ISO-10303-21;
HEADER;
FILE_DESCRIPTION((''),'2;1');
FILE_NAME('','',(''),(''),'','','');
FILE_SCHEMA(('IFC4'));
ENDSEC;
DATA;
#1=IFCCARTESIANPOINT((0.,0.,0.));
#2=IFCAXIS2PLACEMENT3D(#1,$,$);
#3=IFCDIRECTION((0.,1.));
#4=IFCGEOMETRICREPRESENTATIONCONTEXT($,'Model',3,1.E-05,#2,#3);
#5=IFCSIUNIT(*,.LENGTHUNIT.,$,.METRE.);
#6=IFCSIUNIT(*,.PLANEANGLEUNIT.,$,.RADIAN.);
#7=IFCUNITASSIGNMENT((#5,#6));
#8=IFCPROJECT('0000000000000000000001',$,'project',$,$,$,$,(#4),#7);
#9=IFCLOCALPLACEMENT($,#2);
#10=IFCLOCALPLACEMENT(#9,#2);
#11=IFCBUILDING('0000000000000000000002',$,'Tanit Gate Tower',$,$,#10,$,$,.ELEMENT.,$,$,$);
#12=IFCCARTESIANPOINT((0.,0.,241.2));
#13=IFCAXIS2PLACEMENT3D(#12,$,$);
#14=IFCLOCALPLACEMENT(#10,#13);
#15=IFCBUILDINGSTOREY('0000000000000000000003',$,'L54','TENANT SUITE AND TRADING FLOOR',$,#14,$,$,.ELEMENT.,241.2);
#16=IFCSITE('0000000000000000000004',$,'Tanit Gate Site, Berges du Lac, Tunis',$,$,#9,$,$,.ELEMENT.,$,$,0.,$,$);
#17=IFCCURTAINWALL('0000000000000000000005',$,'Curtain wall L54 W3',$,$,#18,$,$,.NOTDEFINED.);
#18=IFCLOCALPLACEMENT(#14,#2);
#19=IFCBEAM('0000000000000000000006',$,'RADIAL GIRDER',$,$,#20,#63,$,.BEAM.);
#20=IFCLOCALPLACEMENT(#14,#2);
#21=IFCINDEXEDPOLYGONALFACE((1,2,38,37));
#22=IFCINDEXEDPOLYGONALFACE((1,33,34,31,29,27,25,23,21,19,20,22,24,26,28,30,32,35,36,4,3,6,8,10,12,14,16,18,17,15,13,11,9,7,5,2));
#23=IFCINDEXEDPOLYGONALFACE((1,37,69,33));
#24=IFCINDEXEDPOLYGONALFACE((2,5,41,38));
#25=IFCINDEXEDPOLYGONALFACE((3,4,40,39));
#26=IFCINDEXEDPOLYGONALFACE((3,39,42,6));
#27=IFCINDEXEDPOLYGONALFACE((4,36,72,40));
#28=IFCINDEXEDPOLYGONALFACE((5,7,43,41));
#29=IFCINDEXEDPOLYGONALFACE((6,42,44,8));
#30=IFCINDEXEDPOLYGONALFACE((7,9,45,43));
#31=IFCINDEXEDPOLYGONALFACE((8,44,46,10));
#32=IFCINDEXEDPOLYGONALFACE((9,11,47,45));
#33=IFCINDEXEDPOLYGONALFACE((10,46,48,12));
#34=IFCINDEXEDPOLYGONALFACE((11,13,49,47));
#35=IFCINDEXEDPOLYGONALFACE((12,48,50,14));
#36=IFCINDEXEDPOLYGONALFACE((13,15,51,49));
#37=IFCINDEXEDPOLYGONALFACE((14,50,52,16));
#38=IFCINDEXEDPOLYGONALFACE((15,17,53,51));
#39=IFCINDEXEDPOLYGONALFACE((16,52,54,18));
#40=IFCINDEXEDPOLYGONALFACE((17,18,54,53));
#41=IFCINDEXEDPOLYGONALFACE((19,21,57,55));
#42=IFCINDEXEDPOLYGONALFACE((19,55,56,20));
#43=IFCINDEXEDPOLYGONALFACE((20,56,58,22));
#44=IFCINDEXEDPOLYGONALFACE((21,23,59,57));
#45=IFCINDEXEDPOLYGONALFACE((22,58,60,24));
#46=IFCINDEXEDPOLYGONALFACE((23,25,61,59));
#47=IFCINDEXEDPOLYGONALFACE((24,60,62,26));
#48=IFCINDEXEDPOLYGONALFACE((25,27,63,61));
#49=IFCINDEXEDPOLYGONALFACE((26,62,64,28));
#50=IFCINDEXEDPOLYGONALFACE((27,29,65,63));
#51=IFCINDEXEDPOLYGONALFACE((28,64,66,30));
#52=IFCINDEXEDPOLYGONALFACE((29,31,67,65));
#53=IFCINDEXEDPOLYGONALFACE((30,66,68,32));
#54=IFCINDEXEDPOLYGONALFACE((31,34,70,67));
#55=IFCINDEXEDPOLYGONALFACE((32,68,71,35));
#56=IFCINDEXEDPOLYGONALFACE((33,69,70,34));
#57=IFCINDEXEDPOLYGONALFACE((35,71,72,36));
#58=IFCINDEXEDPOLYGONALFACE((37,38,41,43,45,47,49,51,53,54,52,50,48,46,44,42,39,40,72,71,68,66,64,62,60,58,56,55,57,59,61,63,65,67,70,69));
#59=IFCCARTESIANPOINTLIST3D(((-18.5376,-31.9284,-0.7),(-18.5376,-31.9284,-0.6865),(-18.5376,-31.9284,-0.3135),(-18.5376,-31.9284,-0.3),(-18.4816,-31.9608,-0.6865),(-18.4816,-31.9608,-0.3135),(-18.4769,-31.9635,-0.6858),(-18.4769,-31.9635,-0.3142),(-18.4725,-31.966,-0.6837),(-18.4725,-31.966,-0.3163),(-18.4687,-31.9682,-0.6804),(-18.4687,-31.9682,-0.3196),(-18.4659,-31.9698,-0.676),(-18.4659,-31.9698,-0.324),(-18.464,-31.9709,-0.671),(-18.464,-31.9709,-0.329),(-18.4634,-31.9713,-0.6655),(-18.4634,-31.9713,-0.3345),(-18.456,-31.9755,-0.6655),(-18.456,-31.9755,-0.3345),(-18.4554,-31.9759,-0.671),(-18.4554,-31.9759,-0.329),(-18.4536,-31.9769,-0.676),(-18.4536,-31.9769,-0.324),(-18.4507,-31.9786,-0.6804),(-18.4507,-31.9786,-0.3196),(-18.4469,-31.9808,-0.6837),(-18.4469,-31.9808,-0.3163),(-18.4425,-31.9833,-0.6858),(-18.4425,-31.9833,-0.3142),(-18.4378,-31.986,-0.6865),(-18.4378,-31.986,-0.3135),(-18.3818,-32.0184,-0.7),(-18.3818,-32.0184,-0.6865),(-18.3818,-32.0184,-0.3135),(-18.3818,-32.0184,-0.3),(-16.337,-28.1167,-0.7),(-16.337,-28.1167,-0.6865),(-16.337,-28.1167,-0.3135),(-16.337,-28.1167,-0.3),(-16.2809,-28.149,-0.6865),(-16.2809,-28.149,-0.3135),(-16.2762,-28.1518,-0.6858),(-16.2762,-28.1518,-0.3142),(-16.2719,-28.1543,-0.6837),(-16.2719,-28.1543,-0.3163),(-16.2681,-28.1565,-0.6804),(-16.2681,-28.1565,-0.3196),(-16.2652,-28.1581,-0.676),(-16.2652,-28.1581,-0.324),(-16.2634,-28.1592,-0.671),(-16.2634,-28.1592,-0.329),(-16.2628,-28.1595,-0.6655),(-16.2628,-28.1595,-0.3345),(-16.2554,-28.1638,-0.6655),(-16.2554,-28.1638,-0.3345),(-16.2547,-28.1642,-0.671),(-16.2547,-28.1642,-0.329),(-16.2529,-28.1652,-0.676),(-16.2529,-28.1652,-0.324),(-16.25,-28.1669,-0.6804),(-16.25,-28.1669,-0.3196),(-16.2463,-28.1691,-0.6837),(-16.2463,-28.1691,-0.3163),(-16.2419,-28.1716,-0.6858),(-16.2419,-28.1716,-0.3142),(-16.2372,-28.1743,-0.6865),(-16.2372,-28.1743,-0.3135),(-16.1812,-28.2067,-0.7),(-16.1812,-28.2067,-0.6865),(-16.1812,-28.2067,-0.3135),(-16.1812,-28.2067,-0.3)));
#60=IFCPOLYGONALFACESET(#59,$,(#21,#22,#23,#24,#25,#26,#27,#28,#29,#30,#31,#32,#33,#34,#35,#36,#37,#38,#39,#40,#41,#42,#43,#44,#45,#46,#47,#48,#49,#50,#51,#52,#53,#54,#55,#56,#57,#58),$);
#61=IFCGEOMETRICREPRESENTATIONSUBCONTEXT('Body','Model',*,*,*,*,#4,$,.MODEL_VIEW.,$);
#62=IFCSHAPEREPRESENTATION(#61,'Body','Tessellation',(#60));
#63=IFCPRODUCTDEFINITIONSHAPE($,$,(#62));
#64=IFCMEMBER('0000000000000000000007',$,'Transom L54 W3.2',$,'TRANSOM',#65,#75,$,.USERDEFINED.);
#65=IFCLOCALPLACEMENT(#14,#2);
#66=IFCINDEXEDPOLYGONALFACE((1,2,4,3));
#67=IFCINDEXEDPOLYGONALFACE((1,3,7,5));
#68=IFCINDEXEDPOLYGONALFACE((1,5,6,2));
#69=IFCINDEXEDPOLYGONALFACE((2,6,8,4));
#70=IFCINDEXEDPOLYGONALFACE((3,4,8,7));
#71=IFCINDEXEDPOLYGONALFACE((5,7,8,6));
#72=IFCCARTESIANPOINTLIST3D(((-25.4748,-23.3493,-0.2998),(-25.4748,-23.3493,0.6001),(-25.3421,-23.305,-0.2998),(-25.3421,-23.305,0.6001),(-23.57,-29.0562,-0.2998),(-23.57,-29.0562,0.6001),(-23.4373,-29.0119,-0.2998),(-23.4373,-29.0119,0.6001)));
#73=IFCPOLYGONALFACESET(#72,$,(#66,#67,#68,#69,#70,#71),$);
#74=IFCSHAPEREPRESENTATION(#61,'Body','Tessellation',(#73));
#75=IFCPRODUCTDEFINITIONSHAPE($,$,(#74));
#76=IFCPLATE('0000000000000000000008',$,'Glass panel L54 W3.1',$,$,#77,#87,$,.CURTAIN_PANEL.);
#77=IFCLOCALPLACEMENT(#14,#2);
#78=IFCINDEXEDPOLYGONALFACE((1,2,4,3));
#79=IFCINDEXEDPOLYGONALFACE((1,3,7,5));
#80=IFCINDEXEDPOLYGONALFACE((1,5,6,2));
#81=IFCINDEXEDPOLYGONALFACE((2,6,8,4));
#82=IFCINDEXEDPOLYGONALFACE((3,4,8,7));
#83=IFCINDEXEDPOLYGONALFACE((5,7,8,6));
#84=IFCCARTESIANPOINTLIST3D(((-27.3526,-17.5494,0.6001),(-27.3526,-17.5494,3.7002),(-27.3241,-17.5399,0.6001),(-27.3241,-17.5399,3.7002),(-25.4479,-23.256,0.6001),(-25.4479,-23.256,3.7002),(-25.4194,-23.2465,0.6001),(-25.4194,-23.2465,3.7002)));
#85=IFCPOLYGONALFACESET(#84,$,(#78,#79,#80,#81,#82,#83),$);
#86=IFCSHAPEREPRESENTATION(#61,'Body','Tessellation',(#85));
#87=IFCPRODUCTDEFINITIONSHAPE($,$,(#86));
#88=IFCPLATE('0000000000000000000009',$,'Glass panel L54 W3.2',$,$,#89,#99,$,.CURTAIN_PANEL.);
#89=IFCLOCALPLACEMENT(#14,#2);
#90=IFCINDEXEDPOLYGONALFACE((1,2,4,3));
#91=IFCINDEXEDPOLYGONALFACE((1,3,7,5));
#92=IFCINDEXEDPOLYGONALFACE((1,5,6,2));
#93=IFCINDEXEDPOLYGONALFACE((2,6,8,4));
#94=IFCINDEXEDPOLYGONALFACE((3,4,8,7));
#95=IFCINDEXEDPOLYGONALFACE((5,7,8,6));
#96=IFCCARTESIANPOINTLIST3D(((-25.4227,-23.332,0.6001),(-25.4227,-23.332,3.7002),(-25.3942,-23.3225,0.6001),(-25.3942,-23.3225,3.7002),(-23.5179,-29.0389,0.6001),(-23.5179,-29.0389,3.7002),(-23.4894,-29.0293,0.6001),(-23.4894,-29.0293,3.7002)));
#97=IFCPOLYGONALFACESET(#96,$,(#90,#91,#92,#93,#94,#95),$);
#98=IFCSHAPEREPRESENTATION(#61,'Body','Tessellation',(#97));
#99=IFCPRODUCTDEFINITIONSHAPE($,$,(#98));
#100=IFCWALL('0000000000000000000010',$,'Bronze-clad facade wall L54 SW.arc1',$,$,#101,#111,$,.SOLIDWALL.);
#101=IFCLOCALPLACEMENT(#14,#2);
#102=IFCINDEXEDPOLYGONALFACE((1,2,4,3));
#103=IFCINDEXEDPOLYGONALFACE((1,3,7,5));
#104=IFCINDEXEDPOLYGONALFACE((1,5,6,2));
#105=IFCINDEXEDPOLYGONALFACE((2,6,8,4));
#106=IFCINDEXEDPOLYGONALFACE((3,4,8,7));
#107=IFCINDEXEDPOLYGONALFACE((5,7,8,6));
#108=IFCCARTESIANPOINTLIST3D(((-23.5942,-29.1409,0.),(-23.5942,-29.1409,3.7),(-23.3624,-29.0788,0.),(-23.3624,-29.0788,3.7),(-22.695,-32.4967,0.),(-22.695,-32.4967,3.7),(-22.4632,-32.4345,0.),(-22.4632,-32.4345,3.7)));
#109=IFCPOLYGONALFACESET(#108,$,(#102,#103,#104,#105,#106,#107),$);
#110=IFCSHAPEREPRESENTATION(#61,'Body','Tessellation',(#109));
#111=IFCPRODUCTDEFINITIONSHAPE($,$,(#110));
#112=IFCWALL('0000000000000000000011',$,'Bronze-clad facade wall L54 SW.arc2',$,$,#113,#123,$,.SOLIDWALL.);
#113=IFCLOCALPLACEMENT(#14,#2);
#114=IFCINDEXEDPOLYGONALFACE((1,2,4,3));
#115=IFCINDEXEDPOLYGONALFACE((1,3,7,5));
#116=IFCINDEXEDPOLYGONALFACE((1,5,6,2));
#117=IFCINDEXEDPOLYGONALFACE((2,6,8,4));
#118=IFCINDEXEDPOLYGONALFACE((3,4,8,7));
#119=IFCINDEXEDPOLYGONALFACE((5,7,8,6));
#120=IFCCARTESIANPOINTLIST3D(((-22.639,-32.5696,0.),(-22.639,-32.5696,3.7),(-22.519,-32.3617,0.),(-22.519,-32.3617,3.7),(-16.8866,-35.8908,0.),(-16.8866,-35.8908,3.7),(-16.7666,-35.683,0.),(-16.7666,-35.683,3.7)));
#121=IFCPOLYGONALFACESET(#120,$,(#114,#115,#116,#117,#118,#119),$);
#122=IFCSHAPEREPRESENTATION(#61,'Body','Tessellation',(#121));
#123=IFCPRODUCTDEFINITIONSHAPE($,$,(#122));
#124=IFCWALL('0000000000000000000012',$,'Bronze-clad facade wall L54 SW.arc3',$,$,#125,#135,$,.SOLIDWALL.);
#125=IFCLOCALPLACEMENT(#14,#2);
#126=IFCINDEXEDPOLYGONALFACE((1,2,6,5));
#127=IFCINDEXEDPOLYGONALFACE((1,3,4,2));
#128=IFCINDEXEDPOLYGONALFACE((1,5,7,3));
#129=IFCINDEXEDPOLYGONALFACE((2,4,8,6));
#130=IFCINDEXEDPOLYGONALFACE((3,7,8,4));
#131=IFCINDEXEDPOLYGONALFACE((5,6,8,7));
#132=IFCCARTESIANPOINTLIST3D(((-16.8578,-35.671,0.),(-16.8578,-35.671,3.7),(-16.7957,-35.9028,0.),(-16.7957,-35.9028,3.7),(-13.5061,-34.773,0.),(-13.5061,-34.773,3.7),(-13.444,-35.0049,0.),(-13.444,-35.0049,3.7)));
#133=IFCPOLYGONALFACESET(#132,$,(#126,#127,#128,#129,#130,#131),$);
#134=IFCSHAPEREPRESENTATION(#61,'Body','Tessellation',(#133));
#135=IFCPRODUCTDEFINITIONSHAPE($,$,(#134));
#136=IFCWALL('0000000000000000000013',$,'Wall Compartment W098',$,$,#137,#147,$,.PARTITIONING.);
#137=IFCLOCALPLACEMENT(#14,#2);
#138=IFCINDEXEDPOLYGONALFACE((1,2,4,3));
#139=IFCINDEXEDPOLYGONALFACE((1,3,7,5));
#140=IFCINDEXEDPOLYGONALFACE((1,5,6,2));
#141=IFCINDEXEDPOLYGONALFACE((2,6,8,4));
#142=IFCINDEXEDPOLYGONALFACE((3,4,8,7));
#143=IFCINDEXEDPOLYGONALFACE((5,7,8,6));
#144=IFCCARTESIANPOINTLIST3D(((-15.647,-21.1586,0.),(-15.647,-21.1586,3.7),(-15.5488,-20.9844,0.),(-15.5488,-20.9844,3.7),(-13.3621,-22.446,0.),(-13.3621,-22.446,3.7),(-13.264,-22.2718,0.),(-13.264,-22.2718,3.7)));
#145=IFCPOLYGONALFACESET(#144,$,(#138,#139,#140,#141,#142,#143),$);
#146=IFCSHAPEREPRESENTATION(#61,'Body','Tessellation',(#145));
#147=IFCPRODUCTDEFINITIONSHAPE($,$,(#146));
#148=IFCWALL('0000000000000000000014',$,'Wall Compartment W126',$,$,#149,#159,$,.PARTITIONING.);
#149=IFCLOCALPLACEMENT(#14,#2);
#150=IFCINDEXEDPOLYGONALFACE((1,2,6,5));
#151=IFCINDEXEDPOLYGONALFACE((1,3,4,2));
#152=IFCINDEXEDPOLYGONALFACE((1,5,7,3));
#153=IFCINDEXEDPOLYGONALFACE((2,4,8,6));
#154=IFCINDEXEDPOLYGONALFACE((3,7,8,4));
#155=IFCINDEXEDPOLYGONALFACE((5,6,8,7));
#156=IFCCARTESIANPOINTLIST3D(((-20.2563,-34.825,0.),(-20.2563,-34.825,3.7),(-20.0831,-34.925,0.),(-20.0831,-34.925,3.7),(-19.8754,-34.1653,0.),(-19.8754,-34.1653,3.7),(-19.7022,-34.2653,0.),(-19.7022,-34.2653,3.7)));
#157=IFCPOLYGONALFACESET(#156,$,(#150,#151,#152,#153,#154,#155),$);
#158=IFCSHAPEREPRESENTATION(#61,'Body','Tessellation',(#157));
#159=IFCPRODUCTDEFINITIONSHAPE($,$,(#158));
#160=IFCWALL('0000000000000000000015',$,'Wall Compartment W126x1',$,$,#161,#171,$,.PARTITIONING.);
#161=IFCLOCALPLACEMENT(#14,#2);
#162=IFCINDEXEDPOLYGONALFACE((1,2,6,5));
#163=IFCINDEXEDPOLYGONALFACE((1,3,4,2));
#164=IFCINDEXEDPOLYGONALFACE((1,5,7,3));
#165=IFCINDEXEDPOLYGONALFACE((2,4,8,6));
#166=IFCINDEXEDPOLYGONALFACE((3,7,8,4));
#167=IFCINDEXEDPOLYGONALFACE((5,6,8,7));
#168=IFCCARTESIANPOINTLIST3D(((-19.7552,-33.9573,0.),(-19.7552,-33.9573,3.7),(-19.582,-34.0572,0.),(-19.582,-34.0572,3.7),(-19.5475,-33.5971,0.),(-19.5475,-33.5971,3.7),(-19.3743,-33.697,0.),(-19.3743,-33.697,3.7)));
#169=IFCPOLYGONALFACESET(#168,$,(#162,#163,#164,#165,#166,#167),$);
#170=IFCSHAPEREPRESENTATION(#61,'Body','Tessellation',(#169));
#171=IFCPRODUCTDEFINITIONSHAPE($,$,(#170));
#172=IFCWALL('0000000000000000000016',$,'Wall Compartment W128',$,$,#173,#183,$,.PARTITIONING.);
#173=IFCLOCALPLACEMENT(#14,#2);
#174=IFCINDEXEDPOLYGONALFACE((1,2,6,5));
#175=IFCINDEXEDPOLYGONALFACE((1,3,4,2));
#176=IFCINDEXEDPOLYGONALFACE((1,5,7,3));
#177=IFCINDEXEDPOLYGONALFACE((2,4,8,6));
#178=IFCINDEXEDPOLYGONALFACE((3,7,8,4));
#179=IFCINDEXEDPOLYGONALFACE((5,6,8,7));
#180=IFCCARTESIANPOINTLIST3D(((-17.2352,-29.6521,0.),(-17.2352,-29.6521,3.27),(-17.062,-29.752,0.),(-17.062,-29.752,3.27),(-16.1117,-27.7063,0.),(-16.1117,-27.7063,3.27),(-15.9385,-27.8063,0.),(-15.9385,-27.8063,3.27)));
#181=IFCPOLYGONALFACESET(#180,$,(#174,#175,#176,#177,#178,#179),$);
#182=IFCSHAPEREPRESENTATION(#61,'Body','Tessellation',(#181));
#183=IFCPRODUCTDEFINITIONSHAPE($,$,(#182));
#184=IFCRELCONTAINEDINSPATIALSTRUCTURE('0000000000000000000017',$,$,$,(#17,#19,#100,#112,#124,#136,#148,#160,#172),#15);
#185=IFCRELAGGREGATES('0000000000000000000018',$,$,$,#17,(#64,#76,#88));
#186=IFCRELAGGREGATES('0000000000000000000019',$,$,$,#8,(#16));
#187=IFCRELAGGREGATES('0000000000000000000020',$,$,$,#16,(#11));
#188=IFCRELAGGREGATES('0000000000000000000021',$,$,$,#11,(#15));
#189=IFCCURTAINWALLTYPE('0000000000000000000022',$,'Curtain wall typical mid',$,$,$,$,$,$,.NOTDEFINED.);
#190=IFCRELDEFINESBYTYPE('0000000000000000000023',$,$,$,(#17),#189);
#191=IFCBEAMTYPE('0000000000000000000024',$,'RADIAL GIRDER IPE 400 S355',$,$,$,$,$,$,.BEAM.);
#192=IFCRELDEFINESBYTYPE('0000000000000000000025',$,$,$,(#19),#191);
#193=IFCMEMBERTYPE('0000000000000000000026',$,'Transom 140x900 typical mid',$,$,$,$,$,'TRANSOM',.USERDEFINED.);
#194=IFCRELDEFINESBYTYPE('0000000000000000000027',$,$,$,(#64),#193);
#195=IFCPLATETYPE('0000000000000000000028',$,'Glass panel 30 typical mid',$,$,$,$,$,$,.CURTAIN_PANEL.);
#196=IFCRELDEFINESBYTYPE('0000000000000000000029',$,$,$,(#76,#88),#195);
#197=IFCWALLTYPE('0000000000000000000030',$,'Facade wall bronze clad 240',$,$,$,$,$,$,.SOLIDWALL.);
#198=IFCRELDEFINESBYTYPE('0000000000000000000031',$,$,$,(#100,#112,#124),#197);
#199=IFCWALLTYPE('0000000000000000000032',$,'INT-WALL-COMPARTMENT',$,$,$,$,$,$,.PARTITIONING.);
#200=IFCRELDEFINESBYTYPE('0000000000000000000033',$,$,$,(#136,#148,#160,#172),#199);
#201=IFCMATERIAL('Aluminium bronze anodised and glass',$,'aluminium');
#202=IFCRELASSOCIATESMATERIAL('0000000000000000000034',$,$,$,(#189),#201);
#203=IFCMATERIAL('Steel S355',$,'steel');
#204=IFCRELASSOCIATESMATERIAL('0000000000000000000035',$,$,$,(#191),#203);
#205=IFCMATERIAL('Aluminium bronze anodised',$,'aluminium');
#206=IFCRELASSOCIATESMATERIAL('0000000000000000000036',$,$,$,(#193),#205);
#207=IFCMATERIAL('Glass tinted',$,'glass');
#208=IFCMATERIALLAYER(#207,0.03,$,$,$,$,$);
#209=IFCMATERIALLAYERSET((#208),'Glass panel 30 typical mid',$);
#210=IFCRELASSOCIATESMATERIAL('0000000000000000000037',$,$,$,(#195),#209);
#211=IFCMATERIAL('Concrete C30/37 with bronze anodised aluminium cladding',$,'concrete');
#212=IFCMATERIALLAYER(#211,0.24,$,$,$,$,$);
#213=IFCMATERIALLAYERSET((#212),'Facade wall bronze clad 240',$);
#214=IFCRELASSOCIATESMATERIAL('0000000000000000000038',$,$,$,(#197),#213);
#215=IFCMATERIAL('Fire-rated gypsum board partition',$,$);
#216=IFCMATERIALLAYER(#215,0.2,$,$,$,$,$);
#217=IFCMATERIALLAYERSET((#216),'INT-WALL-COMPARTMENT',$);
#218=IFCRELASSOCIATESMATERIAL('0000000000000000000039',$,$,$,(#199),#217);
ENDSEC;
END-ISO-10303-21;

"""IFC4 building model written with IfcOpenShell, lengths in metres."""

from ifc_helpers import new_model, si_unit, direction, frame, frame_2d, origin, origin_2d, place, context, subcontext, project, spatial, rectangle, i_section, extrude, material, layer, layer_set, material_profile, profile_set, type_object, element, aggregate, save


model = new_model("IFC4")

# Units and contexts
model_context = context("Model", 3, precision=1e-05, world=origin(), true_north=direction((0.0, 1.0)))
body_context = subcontext(model_context, "Body", "Model", "MODEL_VIEW")
ifc_project = project(units=[si_unit("LENGTHUNIT", "METRE"), si_unit("PLANEANGLEUNIT", "RADIAN")], contexts=[model_context])

# Site, building, storey
site_placement = place(None, origin())
site = spatial("IfcSite", under=ifc_project, at=site_placement, Name="Tanit Gate Site, Berges du Lac, Tunis", CompositionType="ELEMENT", RefElevation=0.0)
building_placement = place(site_placement, origin())
building = spatial("IfcBuilding", under=site, at=building_placement, Name="Tanit Gate Tower", CompositionType="ELEMENT")
storey_placement = place(building_placement, frame((0.0, 0.0, 241.2)))
storey = spatial("IfcBuildingStorey", under=building, at=storey_placement, Name="L54", Description="TENANT SUITE AND TRADING FLOOR", CompositionType="ELEMENT", Elevation=241.2)

# Curtain wall
ifc_material_1 = material(Name="Aluminium bronze anodised and glass", Category="aluminium")
curtain_wall_type = type_object("IfcCurtainWallType", Name="Curtain wall typical mid", PredefinedType="NOTDEFINED", material=ifc_material_1)
curtain_wall_placement = place(storey_placement, origin())
curtain_wall = element("IfcCurtainWall", 1, at=curtain_wall_placement, inside=storey, type_object=curtain_wall_type, Name="Curtain wall L54 W3", PredefinedType="NOTDEFINED")

# Beam
ifc_material_2 = material(Name="Steel S355", Category="steel")
ifc_material_profile_1 = material_profile(ifc_material_2, i_section(OverallWidth=0.1799, OverallDepth=0.3999, WebThickness=0.0085, FlangeThickness=0.0134, FilletRadius=0.021, at=origin_2d()), Name="IPE 400")
ifc_profile_set_1 = profile_set([ifc_material_profile_1], Name="Steel S355")
beam_type_1 = type_object("IfcBeamType", Name="RADIAL GIRDER IPE 400 S355", PredefinedType="BEAM", material=ifc_profile_set_1)
beam_1_placement = place(storey_placement, frame((-18.4597, -31.9734, -0.5), z_axis=(0.499993, 0.866029, 0.0), x_axis=(-0.866029, 0.499993, 0.0)))
element("IfcBeam", 2, at=beam_1_placement, inside=storey, type_object=beam_type_1, Name="RADIAL GIRDER", PredefinedType="BEAM", context=body_context, shape_type="SweptSolid", body=[
    extrude(i_section(OverallWidth=0.1799, OverallDepth=0.3999, WebThickness=0.0085, FlangeThickness=0.0134, FilletRadius=0.021, at=origin_2d()), origin(), (0.0, 0.0, 1.0), 4.4014),
])

# Member
ifc_material_3 = material(Name="Aluminium bronze anodised", Category="aluminium")
ifc_material_profile_2 = material_profile(ifc_material_3, rectangle(XDim=0.1399, YDim=0.8999, at=origin_2d()), Name="140x900 bronze transom")
ifc_profile_set_2 = profile_set([ifc_material_profile_2], Name="Aluminium bronze anodised")
member_type_1 = type_object("IfcMemberType", Name="Transom 140x900 typical mid", ElementType="TRANSOM", PredefinedType="USERDEFINED", material=ifc_profile_set_2)
member_1_placement = place(storey_placement, frame((-25.4084, -23.3271, 0.1501), z_axis=(0.316605, -0.948557, 0.0), x_axis=(0.948557, 0.316605, 0.0)))
member_1 = element("IfcMember", 3, at=member_1_placement, type_object=member_type_1, Name="Transom L54 W3.2", ObjectType="TRANSOM", PredefinedType="USERDEFINED", context=body_context, shape_type="SweptSolid", body=[
    extrude(rectangle(XDim=0.1399, YDim=0.8999, at=origin_2d()), origin(), (0.0, 0.0, 1.0), 6.0164),
])

# Plates
ifc_material_4 = material(Name="Glass tinted", Category="glass")
ifc_layer_1 = layer(ifc_material_4, 0.03)
ifc_layer_set_1 = layer_set([ifc_layer_1], Name="Glass panel 30 typical mid")
plate_type = type_object("IfcPlateType", Name="Glass panel 30 typical mid", PredefinedType="CURTAIN_PANEL", material=ifc_layer_set_1)
plate_1_placement = place(storey_placement, frame((-26.386, -20.3979, 0.6001), z_axis=(0.0, 0.0, 1.0), x_axis=(0.316598, -0.94856, 0.0)))
plate_1 = element("IfcPlate", 4, at=plate_1_placement, type_object=plate_type, Name="Glass panel L54 W3.1", PredefinedType="CURTAIN_PANEL", context=body_context, shape_type="SweptSolid", body=[
    extrude(rectangle(XDim=6.0161, YDim=0.03, at=origin_2d()), origin(), (0.0, 0.0, 1.0), 3.1001),
])
plate_2_placement = place(storey_placement, frame((-24.4561, -26.1807, 0.6001), z_axis=(0.0, 0.0, 1.0), x_axis=(0.316598, -0.94856, 0.0)))
plate_2 = element("IfcPlate", 5, at=plate_2_placement, type_object=plate_type, Name="Glass panel L54 W3.2", PredefinedType="CURTAIN_PANEL", context=body_context, shape_type="SweptSolid", body=[
    extrude(rectangle(XDim=6.0164, YDim=0.03, at=origin_2d()), origin(), (0.0, 0.0, 1.0), 3.1001),
])
aggregate(curtain_wall, [member_1, plate_1, plate_2])

# Walls
ifc_material_5 = material(Name="Concrete C30/37 with bronze anodised aluminium cladding", Category="concrete")
ifc_layer_2 = layer(ifc_material_5, 0.24)
ifc_layer_set_2 = layer_set([ifc_layer_2], Name="Facade wall bronze clad 240")
wall_type_1 = type_object("IfcWallType", Name="Facade wall bronze clad 240", PredefinedType="SOLIDWALL", material=ifc_layer_set_2)
wall_1_placement = place(storey_placement, frame((-23.4783, -29.1099, 0.0), z_axis=(0.0, 0.0, 1.0), x_axis=(0.258822, -0.965925, 0.0)))
element("IfcWall", 6, at=wall_1_placement, inside=storey, type_object=wall_type_1, Name="Bronze-clad facade wall L54 SW.arc1", PredefinedType="SOLIDWALL", context=body_context, shape_type="SweptSolid", body=[
    extrude(rectangle(XDim=3.4741, YDim=0.24, at=frame_2d((1.7371, 0.0))), origin(), (0.0, 0.0, 1.0), 3.7),
])
wall_2_placement = place(storey_placement, frame((-22.5791, -32.4656, 0.0), z_axis=(0.0, 0.0, 1.0), x_axis=(0.866018, -0.500013, 0.0)))
element("IfcWall", 7, at=wall_2_placement, inside=storey, type_object=wall_type_1, Name="Bronze-clad facade wall L54 SW.arc2", PredefinedType="SOLIDWALL", context=body_context, shape_type="SweptSolid", body=[
    extrude(rectangle(XDim=6.6423, YDim=0.24, at=frame_2d((3.3213, 0.0))), origin(), (0.0, 0.0, 1.0), 3.7),
])
wall_3_placement = place(storey_placement, frame((-16.8267, -35.7869, 0.0), z_axis=(0.0, 0.0, 1.0), x_axis=(0.965938, 0.258775, 0.0)))
element("IfcWall", 8, at=wall_3_placement, inside=storey, type_object=wall_type_1, Name="Bronze-clad facade wall L54 SW.arc3", PredefinedType="SOLIDWALL", context=body_context, shape_type="SweptSolid", body=[
    extrude(rectangle(XDim=3.47, YDim=0.24, at=frame_2d((1.7349, 0.0))), origin(), (0.0, 0.0, 1.0), 3.7),
])
ifc_material_6 = material(Name="Fire-rated gypsum board partition")
ifc_layer_3 = layer(ifc_material_6, 0.2)
ifc_layer_set_3 = layer_set([ifc_layer_3], Name="INT-WALL-COMPARTMENT")
wall_type_2 = type_object("IfcWallType", Name="INT-WALL-COMPARTMENT", PredefinedType="PARTITIONING", material=ifc_layer_set_3)
wall_4_placement = place(storey_placement, frame((-15.5979, -21.0715, 0.0), z_axis=(0.0, 0.0, 1.0), x_axis=(0.871235, -0.490867, 0.0)))
element("IfcWall", 9, at=wall_4_placement, inside=storey, type_object=wall_type_2, Name="Wall Compartment W098", PredefinedType="PARTITIONING", context=body_context, shape_type="SweptSolid", body=[
    extrude(rectangle(XDim=2.6226, YDim=0.2, at=frame_2d((1.3113, 0.0))), origin(), (0.0, 0.0, 1.0), 3.7),
])
wall_5_placement = place(storey_placement, frame((-20.1697, -34.875, 0.0), z_axis=(0.0, 0.0, 1.0), x_axis=(0.5, 0.866025, 0.0)))
element("IfcWall", 10, at=wall_5_placement, inside=storey, type_object=wall_type_2, Name="Wall Compartment W126", PredefinedType="PARTITIONING", context=body_context, shape_type="SweptSolid", body=[
    extrude(rectangle(XDim=0.7617, YDim=0.2, at=frame_2d((0.3809, 0.0))), origin(), (0.0, 0.0, 1.0), 3.7),
])
wall_6_placement = place(storey_placement, frame((-19.6687, -34.0073, 0.0), z_axis=(0.0, 0.0, 1.0), x_axis=(0.499739, 0.866176, 0.0)))
element("IfcWall", 11, at=wall_6_placement, inside=storey, type_object=wall_type_2, Name="Wall Compartment W126x1", PredefinedType="PARTITIONING", context=body_context, shape_type="SweptSolid", body=[
    extrude(rectangle(XDim=0.4158, YDim=0.2, at=frame_2d((0.208, 0.0))), origin(), (0.0, 0.0, 1.0), 3.7),
])
wall_7_placement = place(storey_placement, frame((-17.1487, -29.7021, 0.0), z_axis=(0.0, 0.0, 1.0), x_axis=(0.500042, 0.866001, 0.0)))
element("IfcWall", 12, at=wall_7_placement, inside=storey, type_object=wall_type_2, Name="Wall Compartment W128", PredefinedType="PARTITIONING", context=body_context, shape_type="SweptSolid", body=[
    extrude(rectangle(XDim=2.2468, YDim=0.2, at=frame_2d((1.1235, 0.0))), origin(), (0.0, 0.0, 1.0), 3.27),
])

save(model, "model.ifc")
